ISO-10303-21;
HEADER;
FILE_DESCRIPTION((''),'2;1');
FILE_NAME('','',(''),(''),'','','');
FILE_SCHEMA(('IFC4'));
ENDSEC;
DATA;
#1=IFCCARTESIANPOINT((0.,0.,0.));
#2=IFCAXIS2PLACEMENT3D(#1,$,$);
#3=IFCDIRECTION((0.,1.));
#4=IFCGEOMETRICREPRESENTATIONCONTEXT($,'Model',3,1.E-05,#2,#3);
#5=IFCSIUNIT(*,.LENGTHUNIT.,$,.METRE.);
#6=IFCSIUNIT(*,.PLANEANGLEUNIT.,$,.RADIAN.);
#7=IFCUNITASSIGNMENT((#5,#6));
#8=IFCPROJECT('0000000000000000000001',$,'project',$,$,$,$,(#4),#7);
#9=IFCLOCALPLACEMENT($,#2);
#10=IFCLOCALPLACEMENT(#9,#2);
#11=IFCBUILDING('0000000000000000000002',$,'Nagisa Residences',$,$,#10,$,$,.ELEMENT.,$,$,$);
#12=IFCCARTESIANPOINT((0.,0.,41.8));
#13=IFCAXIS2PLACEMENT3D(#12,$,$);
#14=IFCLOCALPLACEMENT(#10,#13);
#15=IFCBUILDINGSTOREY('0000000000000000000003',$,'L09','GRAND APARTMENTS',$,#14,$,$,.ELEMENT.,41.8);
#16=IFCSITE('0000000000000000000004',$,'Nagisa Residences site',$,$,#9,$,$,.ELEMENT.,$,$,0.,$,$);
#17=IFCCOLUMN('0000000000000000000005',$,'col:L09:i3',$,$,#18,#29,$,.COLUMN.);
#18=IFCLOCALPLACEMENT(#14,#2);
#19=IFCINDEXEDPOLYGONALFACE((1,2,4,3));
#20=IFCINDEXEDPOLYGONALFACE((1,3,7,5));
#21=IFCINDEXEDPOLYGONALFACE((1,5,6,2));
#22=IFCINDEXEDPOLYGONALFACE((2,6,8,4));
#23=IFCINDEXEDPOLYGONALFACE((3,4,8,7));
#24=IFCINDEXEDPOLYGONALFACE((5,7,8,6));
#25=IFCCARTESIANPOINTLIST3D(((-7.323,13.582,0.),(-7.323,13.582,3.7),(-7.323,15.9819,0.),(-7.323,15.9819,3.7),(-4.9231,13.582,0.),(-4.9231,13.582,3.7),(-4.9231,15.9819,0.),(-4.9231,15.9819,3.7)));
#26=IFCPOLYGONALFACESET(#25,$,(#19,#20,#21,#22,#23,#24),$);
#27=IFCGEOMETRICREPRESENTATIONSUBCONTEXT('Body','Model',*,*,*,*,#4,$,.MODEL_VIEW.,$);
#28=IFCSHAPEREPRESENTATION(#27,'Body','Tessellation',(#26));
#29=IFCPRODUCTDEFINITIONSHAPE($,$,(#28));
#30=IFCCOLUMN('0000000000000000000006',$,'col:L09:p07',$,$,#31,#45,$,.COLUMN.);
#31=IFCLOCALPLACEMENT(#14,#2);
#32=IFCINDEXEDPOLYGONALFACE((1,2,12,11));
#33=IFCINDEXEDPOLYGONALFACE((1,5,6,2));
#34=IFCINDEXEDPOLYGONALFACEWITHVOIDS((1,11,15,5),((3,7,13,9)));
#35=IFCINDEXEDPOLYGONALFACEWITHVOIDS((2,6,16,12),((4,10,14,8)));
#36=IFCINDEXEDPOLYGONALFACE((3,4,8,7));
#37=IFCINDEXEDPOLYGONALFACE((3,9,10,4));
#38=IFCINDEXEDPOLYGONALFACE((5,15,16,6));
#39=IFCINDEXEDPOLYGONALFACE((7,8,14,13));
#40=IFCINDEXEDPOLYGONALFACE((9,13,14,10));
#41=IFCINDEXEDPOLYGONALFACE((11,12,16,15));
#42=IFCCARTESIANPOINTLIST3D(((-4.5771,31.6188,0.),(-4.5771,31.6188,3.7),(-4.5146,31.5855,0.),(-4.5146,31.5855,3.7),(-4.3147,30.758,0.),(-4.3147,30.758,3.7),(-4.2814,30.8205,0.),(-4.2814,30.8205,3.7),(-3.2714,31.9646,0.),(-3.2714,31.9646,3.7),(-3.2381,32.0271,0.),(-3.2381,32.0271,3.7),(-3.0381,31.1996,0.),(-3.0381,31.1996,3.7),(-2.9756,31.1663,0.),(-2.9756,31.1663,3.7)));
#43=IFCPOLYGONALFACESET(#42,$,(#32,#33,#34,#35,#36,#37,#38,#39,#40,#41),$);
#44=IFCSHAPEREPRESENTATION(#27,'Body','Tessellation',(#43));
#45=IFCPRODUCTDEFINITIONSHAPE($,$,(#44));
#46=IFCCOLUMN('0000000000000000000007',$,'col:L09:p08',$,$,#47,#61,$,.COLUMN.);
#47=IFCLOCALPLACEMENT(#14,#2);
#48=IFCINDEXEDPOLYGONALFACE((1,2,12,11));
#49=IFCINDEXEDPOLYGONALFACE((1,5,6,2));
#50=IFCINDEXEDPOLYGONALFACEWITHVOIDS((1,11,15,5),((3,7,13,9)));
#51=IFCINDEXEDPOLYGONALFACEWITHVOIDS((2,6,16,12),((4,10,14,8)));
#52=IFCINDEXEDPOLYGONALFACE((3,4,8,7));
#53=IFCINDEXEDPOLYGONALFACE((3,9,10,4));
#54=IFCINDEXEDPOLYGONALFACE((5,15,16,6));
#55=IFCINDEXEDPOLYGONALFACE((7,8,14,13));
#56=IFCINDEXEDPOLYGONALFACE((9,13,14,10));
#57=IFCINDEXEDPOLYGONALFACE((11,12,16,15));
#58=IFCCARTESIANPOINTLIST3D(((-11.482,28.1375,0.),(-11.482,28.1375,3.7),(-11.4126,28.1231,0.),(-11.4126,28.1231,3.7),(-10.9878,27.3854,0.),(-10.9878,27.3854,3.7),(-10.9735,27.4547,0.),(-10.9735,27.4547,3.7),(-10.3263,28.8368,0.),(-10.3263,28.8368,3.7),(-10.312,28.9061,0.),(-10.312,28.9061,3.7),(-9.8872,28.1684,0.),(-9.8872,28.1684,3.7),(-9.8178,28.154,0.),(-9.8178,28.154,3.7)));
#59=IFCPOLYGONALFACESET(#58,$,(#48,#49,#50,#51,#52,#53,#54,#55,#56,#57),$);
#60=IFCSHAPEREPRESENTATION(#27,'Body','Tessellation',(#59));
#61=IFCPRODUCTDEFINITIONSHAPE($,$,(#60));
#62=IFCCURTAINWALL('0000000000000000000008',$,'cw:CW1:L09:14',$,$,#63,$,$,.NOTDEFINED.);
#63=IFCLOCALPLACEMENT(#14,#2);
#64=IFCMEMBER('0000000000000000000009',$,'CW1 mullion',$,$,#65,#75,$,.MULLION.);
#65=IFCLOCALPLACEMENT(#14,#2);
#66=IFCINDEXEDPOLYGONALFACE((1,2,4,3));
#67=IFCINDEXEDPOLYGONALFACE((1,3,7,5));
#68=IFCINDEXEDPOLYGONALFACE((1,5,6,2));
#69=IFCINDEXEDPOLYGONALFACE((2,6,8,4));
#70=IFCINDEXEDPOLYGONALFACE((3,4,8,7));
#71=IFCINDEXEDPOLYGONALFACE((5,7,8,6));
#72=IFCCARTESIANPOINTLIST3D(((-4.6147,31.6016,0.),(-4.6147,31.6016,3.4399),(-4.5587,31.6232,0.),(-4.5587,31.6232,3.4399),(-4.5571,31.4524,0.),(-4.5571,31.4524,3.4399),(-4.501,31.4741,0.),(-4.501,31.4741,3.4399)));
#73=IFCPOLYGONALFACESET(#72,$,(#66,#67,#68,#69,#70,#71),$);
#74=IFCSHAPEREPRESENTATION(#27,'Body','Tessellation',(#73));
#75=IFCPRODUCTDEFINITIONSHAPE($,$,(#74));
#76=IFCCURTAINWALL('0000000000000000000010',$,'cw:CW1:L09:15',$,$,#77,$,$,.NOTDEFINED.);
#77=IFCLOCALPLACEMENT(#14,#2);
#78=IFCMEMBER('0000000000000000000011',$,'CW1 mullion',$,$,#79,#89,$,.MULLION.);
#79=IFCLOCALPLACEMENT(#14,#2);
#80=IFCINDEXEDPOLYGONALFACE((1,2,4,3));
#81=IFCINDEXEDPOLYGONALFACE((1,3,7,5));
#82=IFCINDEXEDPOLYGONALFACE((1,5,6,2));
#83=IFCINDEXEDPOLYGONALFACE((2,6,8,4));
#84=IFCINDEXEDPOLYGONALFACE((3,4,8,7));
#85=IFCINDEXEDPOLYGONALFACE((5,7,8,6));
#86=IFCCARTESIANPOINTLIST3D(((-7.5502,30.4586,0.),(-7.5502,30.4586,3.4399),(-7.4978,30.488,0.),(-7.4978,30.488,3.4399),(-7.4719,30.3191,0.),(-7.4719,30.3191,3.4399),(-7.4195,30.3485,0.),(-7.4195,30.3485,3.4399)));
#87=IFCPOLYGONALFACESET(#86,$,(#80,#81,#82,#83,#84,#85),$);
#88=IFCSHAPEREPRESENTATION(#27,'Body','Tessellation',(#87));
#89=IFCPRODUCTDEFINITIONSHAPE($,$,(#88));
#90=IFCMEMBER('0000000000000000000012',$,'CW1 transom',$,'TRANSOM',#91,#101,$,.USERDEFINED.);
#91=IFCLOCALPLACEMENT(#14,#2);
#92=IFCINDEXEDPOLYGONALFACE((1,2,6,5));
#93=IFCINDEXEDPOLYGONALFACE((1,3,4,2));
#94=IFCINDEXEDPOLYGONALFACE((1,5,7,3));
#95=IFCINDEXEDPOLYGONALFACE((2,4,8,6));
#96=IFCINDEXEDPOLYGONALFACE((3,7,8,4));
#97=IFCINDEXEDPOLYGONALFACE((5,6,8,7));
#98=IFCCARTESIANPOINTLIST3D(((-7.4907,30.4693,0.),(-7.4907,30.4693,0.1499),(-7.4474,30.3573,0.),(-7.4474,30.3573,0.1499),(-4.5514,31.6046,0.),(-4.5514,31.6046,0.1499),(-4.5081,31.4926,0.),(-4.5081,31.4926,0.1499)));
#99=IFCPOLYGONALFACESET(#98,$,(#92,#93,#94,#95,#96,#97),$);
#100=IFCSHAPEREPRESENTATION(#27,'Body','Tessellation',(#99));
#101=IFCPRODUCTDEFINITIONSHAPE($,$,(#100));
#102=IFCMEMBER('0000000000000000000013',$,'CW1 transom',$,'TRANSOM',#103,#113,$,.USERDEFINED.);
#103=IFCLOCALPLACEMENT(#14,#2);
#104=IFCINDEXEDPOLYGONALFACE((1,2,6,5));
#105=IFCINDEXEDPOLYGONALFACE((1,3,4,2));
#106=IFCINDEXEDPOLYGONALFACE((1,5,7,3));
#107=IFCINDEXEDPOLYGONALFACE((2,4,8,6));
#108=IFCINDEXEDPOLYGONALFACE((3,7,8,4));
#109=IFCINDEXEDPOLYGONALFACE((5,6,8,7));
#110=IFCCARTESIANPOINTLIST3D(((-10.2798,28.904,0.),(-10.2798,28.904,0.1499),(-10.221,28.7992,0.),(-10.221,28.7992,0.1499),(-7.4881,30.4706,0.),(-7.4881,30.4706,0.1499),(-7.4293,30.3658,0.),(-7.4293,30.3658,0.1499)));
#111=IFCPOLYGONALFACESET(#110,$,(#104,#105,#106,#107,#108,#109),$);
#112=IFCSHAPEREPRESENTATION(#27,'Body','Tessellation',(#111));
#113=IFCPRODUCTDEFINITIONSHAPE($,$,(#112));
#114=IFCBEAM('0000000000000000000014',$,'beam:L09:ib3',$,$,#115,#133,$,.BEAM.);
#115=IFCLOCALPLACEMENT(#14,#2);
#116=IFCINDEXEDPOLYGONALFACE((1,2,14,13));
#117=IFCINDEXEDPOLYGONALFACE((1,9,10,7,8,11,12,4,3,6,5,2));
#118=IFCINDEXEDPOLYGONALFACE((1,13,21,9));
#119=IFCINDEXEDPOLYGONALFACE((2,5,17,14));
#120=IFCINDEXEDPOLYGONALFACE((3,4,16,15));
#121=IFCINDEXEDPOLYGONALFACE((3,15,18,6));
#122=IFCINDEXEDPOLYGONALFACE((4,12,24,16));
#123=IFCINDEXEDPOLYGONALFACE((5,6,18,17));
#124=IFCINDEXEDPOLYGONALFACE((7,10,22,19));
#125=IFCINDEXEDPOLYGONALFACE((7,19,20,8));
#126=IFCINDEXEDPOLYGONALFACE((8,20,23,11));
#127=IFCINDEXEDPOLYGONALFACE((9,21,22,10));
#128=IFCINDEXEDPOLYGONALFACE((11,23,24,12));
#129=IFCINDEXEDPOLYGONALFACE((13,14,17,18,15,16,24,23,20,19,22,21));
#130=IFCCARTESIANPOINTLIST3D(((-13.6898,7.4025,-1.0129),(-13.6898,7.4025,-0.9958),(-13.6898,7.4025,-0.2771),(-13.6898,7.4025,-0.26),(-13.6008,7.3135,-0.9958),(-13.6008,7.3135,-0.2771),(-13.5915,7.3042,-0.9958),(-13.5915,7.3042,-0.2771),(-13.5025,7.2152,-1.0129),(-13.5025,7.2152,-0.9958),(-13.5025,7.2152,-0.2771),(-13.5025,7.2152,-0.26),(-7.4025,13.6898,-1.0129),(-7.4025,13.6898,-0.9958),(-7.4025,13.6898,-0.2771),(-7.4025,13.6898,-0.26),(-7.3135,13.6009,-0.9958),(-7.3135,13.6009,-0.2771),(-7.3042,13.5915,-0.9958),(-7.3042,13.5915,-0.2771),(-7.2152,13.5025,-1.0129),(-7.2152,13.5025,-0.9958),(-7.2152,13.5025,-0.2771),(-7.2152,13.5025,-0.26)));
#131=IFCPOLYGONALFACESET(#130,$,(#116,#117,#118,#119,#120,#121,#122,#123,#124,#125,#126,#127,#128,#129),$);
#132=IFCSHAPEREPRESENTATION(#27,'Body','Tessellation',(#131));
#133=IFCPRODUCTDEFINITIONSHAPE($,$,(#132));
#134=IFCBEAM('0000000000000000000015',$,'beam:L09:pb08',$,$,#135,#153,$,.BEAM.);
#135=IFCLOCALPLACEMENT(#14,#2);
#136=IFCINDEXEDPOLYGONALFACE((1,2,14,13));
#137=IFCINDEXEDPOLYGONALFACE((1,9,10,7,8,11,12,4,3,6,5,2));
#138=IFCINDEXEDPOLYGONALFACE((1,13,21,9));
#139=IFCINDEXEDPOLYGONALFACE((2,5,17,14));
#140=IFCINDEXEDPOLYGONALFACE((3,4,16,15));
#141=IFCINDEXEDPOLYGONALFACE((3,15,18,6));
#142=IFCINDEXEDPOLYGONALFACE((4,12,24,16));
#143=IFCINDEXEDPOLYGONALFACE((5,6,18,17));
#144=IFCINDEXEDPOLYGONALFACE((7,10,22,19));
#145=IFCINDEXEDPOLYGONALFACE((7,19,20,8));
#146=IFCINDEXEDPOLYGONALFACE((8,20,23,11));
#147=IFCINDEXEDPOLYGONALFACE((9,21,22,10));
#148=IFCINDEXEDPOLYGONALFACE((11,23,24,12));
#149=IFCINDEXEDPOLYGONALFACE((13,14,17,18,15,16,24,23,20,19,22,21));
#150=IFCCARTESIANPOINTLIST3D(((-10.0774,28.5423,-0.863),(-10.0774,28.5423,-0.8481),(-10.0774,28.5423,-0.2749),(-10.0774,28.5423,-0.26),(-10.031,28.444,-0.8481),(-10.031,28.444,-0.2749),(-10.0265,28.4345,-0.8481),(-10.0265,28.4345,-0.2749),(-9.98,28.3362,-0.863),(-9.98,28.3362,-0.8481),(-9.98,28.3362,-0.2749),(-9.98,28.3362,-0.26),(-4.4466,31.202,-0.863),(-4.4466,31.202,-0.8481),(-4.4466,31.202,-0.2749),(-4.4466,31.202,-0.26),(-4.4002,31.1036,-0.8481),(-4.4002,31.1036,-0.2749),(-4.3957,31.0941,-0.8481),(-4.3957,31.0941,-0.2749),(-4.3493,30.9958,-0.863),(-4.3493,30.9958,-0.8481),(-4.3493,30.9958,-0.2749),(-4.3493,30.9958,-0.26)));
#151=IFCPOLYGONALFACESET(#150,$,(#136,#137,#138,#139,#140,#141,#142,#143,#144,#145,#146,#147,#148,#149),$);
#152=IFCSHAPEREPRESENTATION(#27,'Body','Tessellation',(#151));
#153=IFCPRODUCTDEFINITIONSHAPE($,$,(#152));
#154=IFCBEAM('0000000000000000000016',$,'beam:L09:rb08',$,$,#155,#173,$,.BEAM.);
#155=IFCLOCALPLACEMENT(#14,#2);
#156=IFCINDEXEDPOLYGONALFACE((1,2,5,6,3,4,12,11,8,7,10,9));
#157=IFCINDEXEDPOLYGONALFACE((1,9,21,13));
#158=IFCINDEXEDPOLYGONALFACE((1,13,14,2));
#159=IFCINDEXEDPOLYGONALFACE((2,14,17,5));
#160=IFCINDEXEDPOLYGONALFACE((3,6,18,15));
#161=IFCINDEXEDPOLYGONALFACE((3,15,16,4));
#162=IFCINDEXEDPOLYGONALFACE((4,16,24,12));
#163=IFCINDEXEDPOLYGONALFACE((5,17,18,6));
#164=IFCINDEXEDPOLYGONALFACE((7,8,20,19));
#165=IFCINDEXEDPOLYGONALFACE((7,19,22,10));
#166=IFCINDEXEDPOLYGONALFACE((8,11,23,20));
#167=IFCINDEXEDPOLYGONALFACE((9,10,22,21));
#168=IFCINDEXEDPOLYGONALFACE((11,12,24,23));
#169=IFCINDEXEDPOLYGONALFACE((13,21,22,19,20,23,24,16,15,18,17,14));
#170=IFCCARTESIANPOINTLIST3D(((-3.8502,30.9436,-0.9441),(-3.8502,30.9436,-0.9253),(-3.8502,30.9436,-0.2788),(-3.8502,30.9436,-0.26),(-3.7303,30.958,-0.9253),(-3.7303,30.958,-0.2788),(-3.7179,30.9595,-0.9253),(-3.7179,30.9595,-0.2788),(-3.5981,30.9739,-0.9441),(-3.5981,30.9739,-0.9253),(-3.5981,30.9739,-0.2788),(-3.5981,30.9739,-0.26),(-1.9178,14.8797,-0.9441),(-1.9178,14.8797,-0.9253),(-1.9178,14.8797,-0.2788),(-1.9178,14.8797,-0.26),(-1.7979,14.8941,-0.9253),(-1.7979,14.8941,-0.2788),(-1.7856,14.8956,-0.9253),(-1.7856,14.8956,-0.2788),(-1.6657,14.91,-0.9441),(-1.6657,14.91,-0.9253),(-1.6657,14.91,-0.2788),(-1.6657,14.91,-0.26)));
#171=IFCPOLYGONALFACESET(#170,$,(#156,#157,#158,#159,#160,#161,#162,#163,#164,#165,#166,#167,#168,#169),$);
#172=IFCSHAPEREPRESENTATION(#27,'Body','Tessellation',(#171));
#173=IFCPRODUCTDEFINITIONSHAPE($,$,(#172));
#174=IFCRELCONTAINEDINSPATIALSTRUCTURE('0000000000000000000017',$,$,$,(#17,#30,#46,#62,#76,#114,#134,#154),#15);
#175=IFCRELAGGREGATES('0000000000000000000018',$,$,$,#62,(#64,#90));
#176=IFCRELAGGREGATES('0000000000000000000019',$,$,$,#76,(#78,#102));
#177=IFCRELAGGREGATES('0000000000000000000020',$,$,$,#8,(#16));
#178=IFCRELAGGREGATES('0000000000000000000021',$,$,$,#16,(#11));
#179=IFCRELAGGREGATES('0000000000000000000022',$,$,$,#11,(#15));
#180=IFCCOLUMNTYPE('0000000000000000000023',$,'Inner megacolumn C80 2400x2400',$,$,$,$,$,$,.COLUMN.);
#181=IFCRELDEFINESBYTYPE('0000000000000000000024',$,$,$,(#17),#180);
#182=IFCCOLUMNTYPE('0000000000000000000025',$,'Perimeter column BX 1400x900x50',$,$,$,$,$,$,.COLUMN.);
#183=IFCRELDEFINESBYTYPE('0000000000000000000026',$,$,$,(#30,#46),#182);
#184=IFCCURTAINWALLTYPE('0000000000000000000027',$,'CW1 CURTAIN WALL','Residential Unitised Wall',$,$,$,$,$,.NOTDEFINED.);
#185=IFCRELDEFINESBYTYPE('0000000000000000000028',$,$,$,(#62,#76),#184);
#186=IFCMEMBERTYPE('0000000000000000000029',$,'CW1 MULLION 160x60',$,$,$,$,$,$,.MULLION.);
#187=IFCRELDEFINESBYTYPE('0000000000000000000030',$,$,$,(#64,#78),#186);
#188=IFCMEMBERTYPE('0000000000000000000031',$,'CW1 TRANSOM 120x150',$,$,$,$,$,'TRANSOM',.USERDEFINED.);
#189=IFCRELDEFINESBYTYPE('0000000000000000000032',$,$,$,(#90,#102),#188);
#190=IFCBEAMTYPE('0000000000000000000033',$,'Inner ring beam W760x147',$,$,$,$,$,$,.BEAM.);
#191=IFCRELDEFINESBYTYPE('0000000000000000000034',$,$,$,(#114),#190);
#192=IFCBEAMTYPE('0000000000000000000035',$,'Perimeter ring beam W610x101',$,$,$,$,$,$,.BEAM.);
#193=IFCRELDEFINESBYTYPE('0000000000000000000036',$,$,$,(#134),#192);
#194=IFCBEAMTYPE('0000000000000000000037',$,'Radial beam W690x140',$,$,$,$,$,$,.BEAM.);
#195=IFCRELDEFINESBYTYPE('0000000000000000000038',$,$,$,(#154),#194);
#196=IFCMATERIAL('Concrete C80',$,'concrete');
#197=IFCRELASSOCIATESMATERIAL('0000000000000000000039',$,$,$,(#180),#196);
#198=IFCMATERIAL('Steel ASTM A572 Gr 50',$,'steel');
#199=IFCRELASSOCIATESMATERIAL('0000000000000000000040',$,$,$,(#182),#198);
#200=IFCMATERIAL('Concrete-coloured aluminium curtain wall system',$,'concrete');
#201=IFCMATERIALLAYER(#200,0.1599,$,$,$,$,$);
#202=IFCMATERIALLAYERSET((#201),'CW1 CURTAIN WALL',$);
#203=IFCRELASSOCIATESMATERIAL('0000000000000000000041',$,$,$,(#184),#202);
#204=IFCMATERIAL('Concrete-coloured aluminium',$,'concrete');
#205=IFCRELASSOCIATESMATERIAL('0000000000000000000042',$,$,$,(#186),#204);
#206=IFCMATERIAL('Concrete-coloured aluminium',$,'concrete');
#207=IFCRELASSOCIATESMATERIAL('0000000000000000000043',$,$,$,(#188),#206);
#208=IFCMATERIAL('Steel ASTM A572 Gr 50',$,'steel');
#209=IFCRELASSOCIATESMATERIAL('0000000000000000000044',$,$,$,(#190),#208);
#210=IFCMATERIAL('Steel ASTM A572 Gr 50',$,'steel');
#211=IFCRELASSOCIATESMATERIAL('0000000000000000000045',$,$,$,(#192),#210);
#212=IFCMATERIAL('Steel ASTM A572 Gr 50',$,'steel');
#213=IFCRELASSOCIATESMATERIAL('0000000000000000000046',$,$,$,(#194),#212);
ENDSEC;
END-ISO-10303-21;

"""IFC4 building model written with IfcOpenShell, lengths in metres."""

from ifc_helpers import new_model, si_unit, direction, frame, origin, origin_2d, place, context, subcontext, project, spatial, rectangle, hollow_rectangle, i_section, extrude, material, layer, layer_set, material_profile, profile_set, type_object, element, aggregate, save


model = new_model("IFC4")

# Units and contexts
model_context = context("Model", 3, precision=1e-05, world=origin(), true_north=direction((0.0, 1.0)))
body_context = subcontext(model_context, "Body", "Model", "MODEL_VIEW")
ifc_project = project(units=[si_unit("LENGTHUNIT", "METRE"), si_unit("PLANEANGLEUNIT", "RADIAN")], contexts=[model_context])

# Site, building, storey
site_placement = place(None, origin())
site = spatial("IfcSite", under=ifc_project, at=site_placement, Name="Nagisa Residences site", CompositionType="ELEMENT", RefElevation=0.0)
building_placement = place(site_placement, origin())
building = spatial("IfcBuilding", under=site, at=building_placement, Name="Nagisa Residences", CompositionType="ELEMENT")
storey_placement = place(building_placement, frame((0.0, 0.0, 41.8)))
storey = spatial("IfcBuildingStorey", under=building, at=storey_placement, Name="L09", Description="GRAND APARTMENTS", CompositionType="ELEMENT", Elevation=41.8)

# Columns
ifc_material_1 = material(Name="Concrete C80", Category="concrete")
ifc_material_profile_1 = material_profile(ifc_material_1, rectangle(XDim=2.3999, YDim=2.3999, at=origin_2d()), Name="C80 2400x2400")
ifc_profile_set_1 = profile_set([ifc_material_profile_1], Name="Concrete C80")
column_type_1 = type_object("IfcColumnType", Name="Inner megacolumn C80 2400x2400", PredefinedType="COLUMN", material=ifc_profile_set_1)
column_placement = place(storey_placement, frame((-6.123, 14.782, 0.0), z_axis=(0.0, 0.0, 1.0), x_axis=(1.0, 0.0, 0.0)))
element("IfcColumn", 1, at=column_placement, inside=storey, type_object=column_type_1, Name="col:L09:i3", PredefinedType="COLUMN", context=body_context, shape_type="SweptSolid", body=[
    extrude(rectangle(XDim=2.3999, YDim=2.3999, at=origin_2d()), origin(), (0.0, 0.0, 1.0), 3.7),
])
ifc_material_2 = material(Name="Steel ASTM A572 Gr 50", Category="steel")
ifc_material_profile_2 = material_profile(ifc_material_2, hollow_rectangle(XDim=1.3999, YDim=0.8999, WallThickness=0.05, at=origin_2d()), Name="BX 1400x900x50")
ifc_profile_set_2 = profile_set([ifc_material_profile_2], Name="Steel ASTM A572 Gr 50")
column_type_2 = type_object("IfcColumnType", Name="Perimeter column BX 1400x900x50", PredefinedType="COLUMN", material=ifc_profile_set_2)
for number, where, z_axis, x_axis, name in (
    (2, (-3.7764, 31.3926, 0.0), (0.0, 0.0, 1.0), (-0.956525, -0.291652, 0.0), "col:L09:p07"),
    (3, (-10.6499, 28.1458, 0.0), (0.0, 0.0, 1.0), (-0.835766, -0.549086, 0.0), "col:L09:p08"),
):
    element("IfcColumn", number, at=place(storey_placement, frame(where, z_axis=z_axis, x_axis=x_axis)), inside=storey, type_object=column_type_2, Name=name, PredefinedType="COLUMN", context=body_context, shape_type="SweptSolid", body=[
        extrude(hollow_rectangle(XDim=1.3999, YDim=0.8999, WallThickness=0.05, at=origin_2d()), origin(), (0.0, 0.0, 1.0), 3.7),
    ])

# Curtain walls, members
ifc_material_3 = material(Name="Concrete-coloured aluminium curtain wall system", Category="concrete")
ifc_layer_1 = layer(ifc_material_3, 0.1599)
ifc_layer_set_1 = layer_set([ifc_layer_1], Name="CW1 CURTAIN WALL")
curtain_wall_type = type_object("IfcCurtainWallType", Name="CW1 CURTAIN WALL", Description="Residential Unitised Wall", PredefinedType="NOTDEFINED", material=ifc_layer_set_1)
curtain_wall_1_placement = place(storey_placement, origin())
curtain_wall_1 = element("IfcCurtainWall", 4, at=curtain_wall_1_placement, inside=storey, type_object=curtain_wall_type, Name="cw:CW1:L09:14", PredefinedType="NOTDEFINED")
ifc_material_4 = material(Name="Concrete-coloured aluminium", Category="concrete")
ifc_material_profile_3 = material_profile(ifc_material_4, rectangle(XDim=0.1599, YDim=0.0601, at=origin_2d()), Name="CW1 MULLION 160x60")
ifc_profile_set_3 = profile_set([ifc_material_profile_3], Name="Concrete-coloured aluminium")
member_type_1 = type_object("IfcMemberType", Name="CW1 MULLION 160x60", PredefinedType="MULLION", material=ifc_profile_set_3)
member_1_placement = place(storey_placement, frame((-4.5579, 31.5378, 0.0), z_axis=(0.0, 0.0, 1.0), x_axis=(0.360328, -0.932826, 0.0)))
member_1 = element("IfcMember", 5, at=member_1_placement, type_object=member_type_1, Name="CW1 mullion", PredefinedType="MULLION", context=body_context, shape_type="SweptSolid", body=[
    extrude(rectangle(XDim=0.1599, YDim=0.0601, at=origin_2d()), origin(), (0.0, 0.0, 1.0), 3.4399),
])
curtain_wall_2_placement = place(storey_placement, origin())
curtain_wall_2 = element("IfcCurtainWall", 6, at=curtain_wall_2_placement, inside=storey, type_object=curtain_wall_type, Name="cw:CW1:L09:15", PredefinedType="NOTDEFINED")
member_2_placement = place(storey_placement, frame((-7.4849, 30.4036, 0.0), z_axis=(0.0, 0.0, 1.0), x_axis=(0.489377, -0.872072, 0.0)))
member_2 = element("IfcMember", 7, at=member_2_placement, type_object=member_type_1, Name="CW1 mullion", PredefinedType="MULLION", context=body_context, shape_type="SweptSolid", body=[
    extrude(rectangle(XDim=0.1599, YDim=0.0601, at=origin_2d()), origin(), (0.0, 0.0, 1.0), 3.4399),
])

# Members
ifc_material_5 = material(Name="Concrete-coloured aluminium", Category="concrete")
ifc_material_profile_4 = material_profile(ifc_material_5, rectangle(XDim=0.1201, YDim=0.1499, at=origin_2d()), Name="CW1 TRANSOM 120x150")
ifc_profile_set_4 = profile_set([ifc_material_profile_4], Name="Concrete-coloured aluminium")
member_type_2 = type_object("IfcMemberType", Name="CW1 TRANSOM 120x150", ElementType="TRANSOM", PredefinedType="USERDEFINED", material=ifc_profile_set_4)
member_3_placement = place(storey_placement, frame((-4.5298, 31.5486, 0.075), z_axis=(-0.932835, -0.360303, 0.0), x_axis=(0.360303, -0.932835, 0.0)))
member_3 = element("IfcMember", 8, at=member_3_placement, type_object=member_type_2, Name="CW1 transom", ObjectType="TRANSOM", PredefinedType="USERDEFINED", context=body_context, shape_type="SweptSolid", body=[
    extrude(rectangle(XDim=0.1201, YDim=0.1499, at=origin_2d()), origin(), (0.0, 0.0, 1.0), 3.1509),
])
member_4_placement = place(storey_placement, frame((-7.4587, 30.4182, 0.075), z_axis=(-0.87207, -0.489381, 0.0), x_axis=(0.489381, -0.87207, 0.0)))
member_4 = element("IfcMember", 9, at=member_4_placement, type_object=member_type_2, Name="CW1 transom", ObjectType="TRANSOM", PredefinedType="USERDEFINED", context=body_context, shape_type="SweptSolid", body=[
    extrude(rectangle(XDim=0.1201, YDim=0.1499, at=origin_2d()), origin(), (0.0, 0.0, 1.0), 3.2012),
])

# Beams
ifc_material_6 = material(Name="Steel ASTM A572 Gr 50", Category="steel")
ifc_material_profile_5 = material_profile(ifc_material_6, i_section(OverallWidth=0.2649, OverallDepth=0.7529, WebThickness=0.0132, FlangeThickness=0.0171, at=origin_2d()), Name="W760x147")
ifc_profile_set_5 = profile_set([ifc_material_profile_5], Name="Steel ASTM A572 Gr 50")
beam_type_1 = type_object("IfcBeamType", Name="Inner ring beam W760x147", PredefinedType="BEAM", material=ifc_profile_set_5)
beam_1_placement = place(storey_placement, frame((-7.3088, 13.5962, -0.6365), z_axis=(-0.707107, -0.707107, 0.0), x_axis=(0.707107, -0.707107, 0.0)))
element("IfcBeam", 10, at=beam_1_placement, inside=storey, type_object=beam_type_1, Name="beam:L09:ib3", PredefinedType="BEAM", context=body_context, shape_type="SweptSolid", body=[
    extrude(i_section(OverallWidth=0.2649, OverallDepth=0.7529, WebThickness=0.0132, FlangeThickness=0.0171, at=origin_2d()), origin(), (0.0, 0.0, 1.0), 8.8916),
])
ifc_material_7 = material(Name="Steel ASTM A572 Gr 50", Category="steel")
ifc_material_profile_6 = material_profile(ifc_material_7, i_section(OverallWidth=0.228, OverallDepth=0.603, WebThickness=0.0105, FlangeThickness=0.0149, at=origin_2d()), Name="W610x101")
ifc_profile_set_6 = profile_set([ifc_material_profile_6], Name="Steel ASTM A572 Gr 50")
beam_type_2 = type_object("IfcBeamType", Name="Perimeter ring beam W610x101", PredefinedType="BEAM", material=ifc_profile_set_6)
beam_2_placement = place(storey_placement, frame((-4.3979, 31.0989, -0.5615), z_axis=(-0.904208, -0.427092, 0.0), x_axis=(0.427092, -0.904208, 0.0)))
element("IfcBeam", 11, at=beam_2_placement, inside=storey, type_object=beam_type_2, Name="beam:L09:pb08", PredefinedType="BEAM", context=body_context, shape_type="SweptSolid", body=[
    extrude(i_section(OverallWidth=0.228, OverallDepth=0.603, WebThickness=0.0105, FlangeThickness=0.0149, at=origin_2d()), origin(), (0.0, 0.0, 1.0), 6.2273),
])
ifc_material_8 = material(Name="Steel ASTM A572 Gr 50", Category="steel")
ifc_material_profile_7 = material_profile(ifc_material_8, i_section(OverallWidth=0.2539, OverallDepth=0.6841, WebThickness=0.0125, FlangeThickness=0.0188, at=origin_2d()), Name="W690x140")
ifc_profile_set_7 = profile_set([ifc_material_profile_7], Name="Steel ASTM A572 Gr 50")
beam_type_3 = type_object("IfcBeamType", Name="Radial beam W690x140", PredefinedType="BEAM", material=ifc_profile_set_7)
beam_3_placement = place(storey_placement, frame((-3.7241, 30.9587, -0.6021), z_axis=(0.119431, -0.992842, 0.0), x_axis=(0.992842, 0.119431, 0.0)))
element("IfcBeam", 12, at=beam_3_placement, inside=storey, type_object=beam_type_3, Name="beam:L09:rb08", PredefinedType="BEAM", context=body_context, shape_type="SweptSolid", body=[
    extrude(i_section(OverallWidth=0.2539, OverallDepth=0.6841, WebThickness=0.0125, FlangeThickness=0.0188, at=origin_2d()), origin(), (0.0, 0.0, 1.0), 16.1797),
])

aggregate(curtain_wall_1, [member_1, member_3])
aggregate(curtain_wall_2, [member_2, member_4])

save(model, "model.ifc")
